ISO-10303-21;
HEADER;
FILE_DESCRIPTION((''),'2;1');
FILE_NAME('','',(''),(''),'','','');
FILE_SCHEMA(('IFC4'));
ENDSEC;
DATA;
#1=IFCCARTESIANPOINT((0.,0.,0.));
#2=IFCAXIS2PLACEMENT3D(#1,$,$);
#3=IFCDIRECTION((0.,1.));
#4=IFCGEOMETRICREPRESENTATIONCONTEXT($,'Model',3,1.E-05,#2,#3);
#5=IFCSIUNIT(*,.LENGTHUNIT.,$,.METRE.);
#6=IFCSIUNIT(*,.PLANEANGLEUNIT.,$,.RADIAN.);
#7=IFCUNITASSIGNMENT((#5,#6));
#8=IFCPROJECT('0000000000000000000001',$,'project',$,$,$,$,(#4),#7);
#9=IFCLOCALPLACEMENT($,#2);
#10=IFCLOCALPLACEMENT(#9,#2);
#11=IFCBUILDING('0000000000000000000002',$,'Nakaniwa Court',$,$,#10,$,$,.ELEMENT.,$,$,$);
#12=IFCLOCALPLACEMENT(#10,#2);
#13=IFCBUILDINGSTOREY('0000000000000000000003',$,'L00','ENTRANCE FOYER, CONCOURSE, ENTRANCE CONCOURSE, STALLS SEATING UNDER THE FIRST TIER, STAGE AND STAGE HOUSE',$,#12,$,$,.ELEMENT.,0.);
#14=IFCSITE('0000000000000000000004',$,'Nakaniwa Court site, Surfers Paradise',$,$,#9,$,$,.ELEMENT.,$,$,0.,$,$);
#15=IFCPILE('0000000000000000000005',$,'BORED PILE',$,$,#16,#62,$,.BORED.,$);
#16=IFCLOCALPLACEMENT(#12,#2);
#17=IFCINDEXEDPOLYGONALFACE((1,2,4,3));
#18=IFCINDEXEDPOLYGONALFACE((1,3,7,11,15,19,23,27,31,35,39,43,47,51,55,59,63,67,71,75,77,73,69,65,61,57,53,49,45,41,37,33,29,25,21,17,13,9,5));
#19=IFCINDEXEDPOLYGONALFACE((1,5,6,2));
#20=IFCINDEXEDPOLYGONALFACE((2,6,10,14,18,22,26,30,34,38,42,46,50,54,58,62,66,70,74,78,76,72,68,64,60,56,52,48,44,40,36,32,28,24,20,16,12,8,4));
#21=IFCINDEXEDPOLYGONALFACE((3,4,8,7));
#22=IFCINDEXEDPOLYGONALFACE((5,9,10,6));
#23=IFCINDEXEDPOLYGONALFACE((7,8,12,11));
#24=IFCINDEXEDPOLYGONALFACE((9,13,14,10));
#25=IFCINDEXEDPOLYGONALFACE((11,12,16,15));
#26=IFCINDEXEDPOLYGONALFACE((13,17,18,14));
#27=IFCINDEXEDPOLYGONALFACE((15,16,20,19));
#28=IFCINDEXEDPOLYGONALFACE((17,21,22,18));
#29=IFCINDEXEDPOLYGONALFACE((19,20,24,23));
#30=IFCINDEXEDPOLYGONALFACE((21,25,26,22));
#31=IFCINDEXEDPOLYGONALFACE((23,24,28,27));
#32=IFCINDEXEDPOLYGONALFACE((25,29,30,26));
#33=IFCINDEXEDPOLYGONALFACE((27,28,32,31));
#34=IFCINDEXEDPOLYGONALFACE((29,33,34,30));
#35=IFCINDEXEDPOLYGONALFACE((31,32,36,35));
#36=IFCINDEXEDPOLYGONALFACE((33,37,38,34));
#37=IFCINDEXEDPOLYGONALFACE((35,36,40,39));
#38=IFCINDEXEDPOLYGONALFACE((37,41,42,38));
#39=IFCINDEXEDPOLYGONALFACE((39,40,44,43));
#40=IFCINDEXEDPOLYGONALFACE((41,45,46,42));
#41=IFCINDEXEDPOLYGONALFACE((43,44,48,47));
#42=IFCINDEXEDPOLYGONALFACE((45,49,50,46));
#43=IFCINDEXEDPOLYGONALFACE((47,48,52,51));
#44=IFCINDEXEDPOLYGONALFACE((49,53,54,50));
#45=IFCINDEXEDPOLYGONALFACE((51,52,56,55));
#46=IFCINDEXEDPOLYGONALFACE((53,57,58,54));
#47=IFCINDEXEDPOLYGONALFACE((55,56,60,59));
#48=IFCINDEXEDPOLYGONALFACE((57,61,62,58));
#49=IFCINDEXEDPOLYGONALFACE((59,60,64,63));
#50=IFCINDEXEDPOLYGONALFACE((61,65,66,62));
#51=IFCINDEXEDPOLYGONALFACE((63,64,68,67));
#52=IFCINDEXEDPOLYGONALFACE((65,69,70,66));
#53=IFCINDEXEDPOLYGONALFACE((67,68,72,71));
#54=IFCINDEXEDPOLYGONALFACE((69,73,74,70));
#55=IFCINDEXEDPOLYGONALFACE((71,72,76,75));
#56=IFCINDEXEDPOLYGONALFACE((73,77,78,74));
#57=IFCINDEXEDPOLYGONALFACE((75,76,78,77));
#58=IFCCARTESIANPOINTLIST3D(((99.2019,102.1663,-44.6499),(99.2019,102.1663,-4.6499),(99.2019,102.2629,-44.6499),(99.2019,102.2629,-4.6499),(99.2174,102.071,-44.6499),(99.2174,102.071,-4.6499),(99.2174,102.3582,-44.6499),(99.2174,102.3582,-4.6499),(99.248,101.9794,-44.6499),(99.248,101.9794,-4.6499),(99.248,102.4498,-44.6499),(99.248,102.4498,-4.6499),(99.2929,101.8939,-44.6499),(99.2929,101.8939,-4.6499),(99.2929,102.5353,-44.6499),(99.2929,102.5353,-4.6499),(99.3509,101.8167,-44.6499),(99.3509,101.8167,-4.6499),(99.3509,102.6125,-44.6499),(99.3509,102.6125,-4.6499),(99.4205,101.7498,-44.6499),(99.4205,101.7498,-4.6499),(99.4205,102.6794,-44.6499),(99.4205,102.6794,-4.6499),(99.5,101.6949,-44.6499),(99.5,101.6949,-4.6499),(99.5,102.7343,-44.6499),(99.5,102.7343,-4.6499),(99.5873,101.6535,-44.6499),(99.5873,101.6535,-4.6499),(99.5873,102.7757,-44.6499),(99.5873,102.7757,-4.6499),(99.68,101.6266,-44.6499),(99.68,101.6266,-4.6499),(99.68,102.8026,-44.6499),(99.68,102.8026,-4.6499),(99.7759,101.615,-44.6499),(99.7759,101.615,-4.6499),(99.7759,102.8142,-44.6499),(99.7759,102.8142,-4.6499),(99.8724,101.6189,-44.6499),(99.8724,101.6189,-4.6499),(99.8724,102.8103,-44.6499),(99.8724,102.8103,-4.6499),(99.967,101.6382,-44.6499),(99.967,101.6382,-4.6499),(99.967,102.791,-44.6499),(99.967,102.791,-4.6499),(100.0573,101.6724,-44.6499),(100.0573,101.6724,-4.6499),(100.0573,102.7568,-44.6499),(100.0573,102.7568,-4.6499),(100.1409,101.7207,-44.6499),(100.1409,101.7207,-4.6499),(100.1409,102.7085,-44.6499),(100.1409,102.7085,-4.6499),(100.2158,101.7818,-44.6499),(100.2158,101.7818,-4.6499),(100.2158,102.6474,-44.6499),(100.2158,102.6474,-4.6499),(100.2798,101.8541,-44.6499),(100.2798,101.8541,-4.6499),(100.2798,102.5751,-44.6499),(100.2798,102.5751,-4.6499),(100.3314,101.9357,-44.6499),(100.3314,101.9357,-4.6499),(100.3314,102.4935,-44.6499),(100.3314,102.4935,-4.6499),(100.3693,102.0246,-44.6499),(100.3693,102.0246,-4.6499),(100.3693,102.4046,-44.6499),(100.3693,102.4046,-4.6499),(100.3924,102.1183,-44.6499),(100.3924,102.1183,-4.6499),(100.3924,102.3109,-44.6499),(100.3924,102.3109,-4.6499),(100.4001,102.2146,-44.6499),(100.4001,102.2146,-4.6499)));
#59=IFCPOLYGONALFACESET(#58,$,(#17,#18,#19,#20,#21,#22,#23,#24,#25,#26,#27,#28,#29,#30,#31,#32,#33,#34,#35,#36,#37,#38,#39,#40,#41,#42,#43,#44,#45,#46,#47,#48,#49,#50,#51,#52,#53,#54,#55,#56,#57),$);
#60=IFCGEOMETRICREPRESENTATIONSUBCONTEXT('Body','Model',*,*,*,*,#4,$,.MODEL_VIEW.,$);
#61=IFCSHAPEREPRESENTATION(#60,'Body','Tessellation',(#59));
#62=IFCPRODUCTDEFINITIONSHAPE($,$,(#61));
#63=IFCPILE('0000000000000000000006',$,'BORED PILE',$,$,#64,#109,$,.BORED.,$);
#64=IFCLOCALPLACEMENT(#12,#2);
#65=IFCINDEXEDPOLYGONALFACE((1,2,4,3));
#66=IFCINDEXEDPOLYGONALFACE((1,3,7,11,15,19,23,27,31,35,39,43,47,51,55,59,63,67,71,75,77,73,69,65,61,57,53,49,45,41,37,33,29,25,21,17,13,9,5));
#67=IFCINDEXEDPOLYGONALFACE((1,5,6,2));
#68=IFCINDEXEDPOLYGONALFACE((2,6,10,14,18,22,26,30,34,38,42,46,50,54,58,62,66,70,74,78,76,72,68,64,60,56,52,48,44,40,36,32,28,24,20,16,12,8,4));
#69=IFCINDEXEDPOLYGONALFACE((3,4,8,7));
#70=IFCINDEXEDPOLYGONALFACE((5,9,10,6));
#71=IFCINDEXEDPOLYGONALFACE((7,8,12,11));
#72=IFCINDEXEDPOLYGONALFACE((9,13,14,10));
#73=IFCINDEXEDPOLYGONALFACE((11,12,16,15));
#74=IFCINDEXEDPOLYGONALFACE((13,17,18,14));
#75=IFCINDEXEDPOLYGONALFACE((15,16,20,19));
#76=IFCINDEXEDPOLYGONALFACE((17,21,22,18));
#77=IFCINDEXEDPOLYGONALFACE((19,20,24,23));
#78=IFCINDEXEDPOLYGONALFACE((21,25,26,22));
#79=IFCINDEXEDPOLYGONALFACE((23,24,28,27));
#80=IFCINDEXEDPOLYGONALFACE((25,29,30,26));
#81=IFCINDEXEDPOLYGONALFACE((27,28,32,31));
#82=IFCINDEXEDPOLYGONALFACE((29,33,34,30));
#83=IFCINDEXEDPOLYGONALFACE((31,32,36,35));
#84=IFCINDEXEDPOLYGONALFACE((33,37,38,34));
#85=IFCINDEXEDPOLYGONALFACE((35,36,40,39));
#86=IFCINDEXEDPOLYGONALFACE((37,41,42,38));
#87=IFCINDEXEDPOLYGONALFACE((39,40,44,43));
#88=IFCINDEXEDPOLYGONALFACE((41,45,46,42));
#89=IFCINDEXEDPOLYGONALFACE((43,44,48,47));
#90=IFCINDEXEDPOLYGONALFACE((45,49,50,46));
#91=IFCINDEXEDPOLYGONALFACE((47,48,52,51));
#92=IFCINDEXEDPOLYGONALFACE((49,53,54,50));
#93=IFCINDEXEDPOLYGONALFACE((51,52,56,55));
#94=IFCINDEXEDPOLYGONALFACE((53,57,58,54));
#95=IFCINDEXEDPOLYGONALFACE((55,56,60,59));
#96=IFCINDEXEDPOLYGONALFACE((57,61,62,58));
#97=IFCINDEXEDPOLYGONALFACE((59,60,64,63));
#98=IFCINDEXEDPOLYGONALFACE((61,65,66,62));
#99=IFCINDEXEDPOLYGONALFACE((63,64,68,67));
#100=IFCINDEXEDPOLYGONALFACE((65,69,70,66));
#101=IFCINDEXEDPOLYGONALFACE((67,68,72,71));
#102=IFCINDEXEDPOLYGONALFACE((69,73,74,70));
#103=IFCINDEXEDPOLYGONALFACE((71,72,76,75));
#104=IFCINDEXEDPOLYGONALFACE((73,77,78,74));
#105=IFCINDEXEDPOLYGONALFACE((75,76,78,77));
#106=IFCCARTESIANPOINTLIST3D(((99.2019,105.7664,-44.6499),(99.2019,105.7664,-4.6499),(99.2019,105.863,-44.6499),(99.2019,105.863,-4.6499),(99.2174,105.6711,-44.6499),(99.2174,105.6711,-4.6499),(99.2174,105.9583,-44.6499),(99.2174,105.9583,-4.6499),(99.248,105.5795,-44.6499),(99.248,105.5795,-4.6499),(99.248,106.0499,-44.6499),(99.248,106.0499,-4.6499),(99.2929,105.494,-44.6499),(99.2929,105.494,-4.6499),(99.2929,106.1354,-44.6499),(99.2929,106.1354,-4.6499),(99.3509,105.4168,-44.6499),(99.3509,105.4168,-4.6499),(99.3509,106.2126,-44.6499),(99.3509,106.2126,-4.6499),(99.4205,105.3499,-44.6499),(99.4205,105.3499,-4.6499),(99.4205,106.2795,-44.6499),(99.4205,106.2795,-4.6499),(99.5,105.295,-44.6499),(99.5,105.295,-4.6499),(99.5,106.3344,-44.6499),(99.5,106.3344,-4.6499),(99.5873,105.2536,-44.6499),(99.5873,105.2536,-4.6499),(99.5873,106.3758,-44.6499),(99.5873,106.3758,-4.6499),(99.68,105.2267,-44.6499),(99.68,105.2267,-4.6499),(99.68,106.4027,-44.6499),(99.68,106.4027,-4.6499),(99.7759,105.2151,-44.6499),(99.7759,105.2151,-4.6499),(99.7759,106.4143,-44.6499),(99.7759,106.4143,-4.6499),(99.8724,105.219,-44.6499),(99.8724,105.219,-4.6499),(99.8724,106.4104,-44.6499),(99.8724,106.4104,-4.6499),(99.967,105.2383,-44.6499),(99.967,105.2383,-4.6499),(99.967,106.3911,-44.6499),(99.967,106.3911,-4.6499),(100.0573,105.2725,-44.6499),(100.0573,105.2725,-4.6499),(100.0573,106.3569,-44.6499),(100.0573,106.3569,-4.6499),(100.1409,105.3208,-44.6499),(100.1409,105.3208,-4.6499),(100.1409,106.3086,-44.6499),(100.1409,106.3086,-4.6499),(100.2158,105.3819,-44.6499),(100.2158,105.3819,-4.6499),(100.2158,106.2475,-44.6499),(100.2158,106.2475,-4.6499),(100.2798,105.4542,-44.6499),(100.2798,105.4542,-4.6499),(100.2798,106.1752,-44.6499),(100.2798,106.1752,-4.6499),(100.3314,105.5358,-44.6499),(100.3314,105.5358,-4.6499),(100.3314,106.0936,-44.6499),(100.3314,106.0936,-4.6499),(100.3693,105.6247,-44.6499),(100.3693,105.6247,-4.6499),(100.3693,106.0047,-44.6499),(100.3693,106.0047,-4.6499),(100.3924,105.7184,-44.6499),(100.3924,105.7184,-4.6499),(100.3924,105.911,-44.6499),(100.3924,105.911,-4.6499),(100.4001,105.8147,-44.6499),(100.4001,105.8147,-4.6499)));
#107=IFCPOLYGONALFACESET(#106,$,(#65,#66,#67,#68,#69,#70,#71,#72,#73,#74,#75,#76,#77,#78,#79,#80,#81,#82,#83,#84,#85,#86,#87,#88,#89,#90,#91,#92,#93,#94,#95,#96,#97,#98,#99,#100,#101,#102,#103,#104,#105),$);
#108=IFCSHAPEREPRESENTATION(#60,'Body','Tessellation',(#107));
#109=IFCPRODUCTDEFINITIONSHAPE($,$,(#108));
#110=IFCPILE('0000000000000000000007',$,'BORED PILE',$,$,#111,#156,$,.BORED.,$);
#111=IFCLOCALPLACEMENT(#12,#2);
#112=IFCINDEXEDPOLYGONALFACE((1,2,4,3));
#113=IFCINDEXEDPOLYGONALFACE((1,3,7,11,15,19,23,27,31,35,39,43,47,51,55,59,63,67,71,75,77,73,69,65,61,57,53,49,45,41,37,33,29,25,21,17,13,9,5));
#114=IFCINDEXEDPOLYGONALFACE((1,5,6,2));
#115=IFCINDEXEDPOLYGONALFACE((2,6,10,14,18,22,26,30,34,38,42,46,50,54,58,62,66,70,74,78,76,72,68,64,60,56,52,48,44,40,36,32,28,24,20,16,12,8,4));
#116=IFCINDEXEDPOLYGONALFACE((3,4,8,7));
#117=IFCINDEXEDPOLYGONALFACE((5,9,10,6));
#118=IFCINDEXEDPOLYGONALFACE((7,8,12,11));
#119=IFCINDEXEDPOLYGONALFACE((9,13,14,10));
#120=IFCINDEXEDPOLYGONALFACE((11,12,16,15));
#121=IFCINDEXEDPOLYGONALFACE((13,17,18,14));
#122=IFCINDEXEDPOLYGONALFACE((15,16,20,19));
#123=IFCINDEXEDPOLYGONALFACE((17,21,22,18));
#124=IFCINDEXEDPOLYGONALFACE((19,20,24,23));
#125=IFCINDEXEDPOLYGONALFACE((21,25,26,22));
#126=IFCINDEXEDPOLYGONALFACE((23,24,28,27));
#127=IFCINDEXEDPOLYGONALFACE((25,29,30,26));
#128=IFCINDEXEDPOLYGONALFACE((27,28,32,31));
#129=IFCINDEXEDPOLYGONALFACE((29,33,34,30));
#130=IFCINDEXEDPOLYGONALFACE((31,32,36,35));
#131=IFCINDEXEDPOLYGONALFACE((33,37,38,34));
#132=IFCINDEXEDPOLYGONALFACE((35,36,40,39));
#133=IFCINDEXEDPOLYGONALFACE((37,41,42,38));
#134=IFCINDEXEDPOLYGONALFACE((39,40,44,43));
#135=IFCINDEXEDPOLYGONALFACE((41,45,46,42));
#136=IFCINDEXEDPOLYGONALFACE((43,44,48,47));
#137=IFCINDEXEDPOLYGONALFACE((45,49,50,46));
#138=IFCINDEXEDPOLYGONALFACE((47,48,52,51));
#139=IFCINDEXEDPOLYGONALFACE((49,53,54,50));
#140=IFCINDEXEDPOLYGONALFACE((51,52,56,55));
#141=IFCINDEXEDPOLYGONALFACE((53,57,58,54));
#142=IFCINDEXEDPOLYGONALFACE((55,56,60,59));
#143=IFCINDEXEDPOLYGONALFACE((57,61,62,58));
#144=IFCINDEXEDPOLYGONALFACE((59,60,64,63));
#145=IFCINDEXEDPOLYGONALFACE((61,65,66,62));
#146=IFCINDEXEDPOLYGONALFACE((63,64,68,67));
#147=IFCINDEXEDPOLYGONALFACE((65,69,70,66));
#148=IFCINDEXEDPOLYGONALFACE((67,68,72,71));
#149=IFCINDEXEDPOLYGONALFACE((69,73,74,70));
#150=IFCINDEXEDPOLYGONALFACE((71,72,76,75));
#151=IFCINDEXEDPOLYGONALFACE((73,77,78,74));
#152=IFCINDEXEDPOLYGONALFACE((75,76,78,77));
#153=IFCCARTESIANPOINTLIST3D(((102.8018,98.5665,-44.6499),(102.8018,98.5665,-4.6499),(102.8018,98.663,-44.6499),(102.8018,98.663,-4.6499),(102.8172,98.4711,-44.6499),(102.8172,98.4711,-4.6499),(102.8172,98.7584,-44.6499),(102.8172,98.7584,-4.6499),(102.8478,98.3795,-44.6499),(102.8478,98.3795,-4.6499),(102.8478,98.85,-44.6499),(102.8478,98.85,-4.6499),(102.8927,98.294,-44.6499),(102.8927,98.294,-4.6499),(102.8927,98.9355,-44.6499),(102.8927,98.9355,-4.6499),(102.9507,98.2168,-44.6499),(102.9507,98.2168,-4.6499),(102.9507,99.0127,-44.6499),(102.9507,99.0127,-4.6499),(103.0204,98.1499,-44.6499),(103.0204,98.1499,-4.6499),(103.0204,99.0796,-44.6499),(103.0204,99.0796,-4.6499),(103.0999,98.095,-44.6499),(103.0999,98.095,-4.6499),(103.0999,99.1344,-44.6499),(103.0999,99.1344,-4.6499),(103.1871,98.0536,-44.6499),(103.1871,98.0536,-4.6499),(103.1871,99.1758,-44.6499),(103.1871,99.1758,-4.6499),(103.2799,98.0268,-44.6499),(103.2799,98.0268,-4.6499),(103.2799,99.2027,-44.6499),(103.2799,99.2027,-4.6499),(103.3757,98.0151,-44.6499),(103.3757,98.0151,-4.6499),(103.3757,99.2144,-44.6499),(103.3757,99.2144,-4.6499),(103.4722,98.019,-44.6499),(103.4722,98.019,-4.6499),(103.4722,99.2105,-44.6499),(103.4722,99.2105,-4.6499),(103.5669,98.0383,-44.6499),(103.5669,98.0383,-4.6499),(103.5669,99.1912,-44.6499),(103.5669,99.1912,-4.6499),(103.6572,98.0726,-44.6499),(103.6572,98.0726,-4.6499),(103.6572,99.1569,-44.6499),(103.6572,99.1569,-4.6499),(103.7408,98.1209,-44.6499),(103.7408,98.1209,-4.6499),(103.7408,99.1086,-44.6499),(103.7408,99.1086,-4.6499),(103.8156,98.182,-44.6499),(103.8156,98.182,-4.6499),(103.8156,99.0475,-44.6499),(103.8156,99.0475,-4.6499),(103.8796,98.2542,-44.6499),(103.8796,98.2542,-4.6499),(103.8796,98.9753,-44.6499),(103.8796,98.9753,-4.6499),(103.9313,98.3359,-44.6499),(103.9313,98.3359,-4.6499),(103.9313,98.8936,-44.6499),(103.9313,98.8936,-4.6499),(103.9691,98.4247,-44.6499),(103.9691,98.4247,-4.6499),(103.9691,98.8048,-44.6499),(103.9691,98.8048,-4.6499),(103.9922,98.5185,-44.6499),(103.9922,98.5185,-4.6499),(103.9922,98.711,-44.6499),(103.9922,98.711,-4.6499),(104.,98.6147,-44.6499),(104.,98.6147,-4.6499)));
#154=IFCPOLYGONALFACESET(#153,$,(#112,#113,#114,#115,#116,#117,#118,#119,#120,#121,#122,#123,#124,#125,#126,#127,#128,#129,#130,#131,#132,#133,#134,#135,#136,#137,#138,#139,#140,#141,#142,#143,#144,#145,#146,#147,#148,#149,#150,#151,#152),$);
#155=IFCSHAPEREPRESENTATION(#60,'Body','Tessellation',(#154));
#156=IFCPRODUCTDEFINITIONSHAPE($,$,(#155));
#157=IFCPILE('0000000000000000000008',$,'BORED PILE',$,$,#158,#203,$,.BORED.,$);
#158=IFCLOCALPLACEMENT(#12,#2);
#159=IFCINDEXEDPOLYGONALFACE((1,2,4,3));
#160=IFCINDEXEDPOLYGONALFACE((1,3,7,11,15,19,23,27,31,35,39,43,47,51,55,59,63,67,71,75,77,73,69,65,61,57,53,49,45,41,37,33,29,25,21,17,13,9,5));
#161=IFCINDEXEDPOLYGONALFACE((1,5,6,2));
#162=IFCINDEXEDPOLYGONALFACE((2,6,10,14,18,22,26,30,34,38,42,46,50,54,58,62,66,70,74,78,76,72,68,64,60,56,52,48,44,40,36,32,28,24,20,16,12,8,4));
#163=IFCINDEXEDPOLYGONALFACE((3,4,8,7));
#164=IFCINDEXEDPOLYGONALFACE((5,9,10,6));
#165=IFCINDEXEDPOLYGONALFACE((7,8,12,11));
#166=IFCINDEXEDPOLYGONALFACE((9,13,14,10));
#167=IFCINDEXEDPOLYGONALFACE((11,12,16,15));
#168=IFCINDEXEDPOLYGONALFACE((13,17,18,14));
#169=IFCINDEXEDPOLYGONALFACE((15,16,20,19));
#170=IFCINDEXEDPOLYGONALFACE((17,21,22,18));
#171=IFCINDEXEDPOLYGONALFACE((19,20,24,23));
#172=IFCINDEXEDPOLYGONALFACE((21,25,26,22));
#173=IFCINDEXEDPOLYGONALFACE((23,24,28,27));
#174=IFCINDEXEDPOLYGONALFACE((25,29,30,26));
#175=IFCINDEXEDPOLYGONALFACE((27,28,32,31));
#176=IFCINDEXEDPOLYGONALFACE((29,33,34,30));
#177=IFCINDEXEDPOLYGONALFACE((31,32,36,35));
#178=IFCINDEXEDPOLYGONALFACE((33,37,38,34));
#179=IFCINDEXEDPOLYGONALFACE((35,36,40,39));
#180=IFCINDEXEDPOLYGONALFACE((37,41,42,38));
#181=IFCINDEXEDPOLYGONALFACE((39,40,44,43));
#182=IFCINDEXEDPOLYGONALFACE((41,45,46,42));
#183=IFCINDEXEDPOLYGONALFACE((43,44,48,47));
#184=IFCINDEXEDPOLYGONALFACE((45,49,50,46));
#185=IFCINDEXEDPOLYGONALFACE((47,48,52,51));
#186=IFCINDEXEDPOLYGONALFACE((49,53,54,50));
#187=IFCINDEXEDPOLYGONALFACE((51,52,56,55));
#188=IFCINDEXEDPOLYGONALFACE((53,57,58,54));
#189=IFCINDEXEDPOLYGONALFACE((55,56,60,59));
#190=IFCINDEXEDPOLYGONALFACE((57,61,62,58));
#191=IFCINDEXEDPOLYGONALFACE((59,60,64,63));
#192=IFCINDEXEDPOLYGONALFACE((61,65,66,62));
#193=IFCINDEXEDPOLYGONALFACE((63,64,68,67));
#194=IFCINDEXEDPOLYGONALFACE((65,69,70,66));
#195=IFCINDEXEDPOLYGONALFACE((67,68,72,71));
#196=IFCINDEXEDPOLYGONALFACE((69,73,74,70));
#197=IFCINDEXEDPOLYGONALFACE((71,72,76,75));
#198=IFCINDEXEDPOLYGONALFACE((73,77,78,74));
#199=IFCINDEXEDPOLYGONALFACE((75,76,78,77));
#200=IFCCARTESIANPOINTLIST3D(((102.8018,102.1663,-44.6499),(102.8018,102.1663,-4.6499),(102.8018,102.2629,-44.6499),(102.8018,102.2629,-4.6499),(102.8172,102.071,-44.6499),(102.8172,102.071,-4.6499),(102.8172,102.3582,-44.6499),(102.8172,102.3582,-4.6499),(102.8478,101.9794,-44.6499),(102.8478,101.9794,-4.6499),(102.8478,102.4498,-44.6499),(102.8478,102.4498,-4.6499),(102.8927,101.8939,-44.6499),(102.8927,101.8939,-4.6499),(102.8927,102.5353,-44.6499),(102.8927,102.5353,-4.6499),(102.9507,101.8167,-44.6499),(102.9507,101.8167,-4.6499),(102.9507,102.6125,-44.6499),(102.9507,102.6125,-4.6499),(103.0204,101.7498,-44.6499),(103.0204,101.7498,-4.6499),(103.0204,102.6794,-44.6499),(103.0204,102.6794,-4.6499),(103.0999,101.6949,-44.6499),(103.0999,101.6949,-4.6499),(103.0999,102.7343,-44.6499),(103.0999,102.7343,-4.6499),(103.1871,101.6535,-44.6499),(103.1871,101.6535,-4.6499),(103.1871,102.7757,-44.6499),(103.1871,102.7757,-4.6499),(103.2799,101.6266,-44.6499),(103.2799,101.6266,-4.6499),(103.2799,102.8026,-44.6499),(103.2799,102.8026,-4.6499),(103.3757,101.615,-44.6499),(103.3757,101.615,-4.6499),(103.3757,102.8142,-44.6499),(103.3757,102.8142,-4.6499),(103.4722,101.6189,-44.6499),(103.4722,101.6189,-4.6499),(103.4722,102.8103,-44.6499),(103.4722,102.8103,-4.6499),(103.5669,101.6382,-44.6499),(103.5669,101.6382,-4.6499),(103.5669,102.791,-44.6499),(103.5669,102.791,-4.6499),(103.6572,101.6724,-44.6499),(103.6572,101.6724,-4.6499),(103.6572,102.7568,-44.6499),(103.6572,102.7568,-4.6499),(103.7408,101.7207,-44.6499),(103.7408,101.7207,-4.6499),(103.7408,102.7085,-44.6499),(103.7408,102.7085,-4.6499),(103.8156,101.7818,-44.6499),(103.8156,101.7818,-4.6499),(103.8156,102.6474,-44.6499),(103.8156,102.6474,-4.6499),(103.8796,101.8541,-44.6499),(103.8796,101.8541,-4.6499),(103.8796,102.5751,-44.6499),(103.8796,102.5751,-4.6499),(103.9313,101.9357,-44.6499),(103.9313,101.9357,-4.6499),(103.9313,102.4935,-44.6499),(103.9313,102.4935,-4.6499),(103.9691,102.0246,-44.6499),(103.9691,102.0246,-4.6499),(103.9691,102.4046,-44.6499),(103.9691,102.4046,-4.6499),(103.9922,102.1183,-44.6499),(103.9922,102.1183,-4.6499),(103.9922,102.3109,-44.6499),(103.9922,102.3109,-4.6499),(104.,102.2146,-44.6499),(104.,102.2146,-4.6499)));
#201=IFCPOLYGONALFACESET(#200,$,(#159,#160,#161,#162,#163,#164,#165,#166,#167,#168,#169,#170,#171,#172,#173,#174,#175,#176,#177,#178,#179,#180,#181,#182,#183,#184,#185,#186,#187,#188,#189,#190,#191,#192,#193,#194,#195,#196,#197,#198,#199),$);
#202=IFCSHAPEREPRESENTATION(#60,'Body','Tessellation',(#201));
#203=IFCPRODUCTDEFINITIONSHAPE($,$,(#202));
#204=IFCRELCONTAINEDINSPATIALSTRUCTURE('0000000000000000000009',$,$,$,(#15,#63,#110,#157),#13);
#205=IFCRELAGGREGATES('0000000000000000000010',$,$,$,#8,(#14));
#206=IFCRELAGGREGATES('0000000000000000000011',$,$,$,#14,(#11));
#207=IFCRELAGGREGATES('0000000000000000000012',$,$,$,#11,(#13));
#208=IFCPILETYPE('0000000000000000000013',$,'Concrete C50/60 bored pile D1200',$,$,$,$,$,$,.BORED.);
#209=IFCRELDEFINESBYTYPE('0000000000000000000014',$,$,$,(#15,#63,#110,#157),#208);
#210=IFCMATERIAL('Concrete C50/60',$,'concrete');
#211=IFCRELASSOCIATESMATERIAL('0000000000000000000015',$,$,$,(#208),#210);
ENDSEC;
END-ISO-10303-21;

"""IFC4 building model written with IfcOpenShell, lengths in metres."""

from ifc_helpers import new_model, si_unit, direction, frame, origin, origin_2d, place, context, subcontext, project, spatial, circle, extrude, material, material_profile, profile_set, type_object, element, save


model = new_model("IFC4")

# Units and contexts
model_context = context("Model", 3, precision=1e-05, world=origin(), true_north=direction((0.0, 1.0)))
body_context = subcontext(model_context, "Body", "Model", "MODEL_VIEW")
ifc_project = project(units=[si_unit("LENGTHUNIT", "METRE"), si_unit("PLANEANGLEUNIT", "RADIAN")], contexts=[model_context])

# Site, building, storey
site_placement = place(None, origin())
site = spatial("IfcSite", under=ifc_project, at=site_placement, Name="Nakaniwa Court site, Surfers Paradise", CompositionType="ELEMENT", RefElevation=0.0)
building_placement = place(site_placement, origin())
building = spatial("IfcBuilding", under=site, at=building_placement, Name="Nakaniwa Court", CompositionType="ELEMENT")
storey_placement = place(building_placement, origin())
storey = spatial("IfcBuildingStorey", under=building, at=storey_placement, Name="L00", Description="ENTRANCE FOYER, CONCOURSE, ENTRANCE CONCOURSE, STALLS SEATING UNDER THE FIRST TIER, STAGE AND STAGE HOUSE", CompositionType="ELEMENT", Elevation=0.0)

# Piles
ifc_material_1 = material(Name="Concrete C50/60", Category="concrete")
ifc_material_profile_1 = material_profile(ifc_material_1, circle(Radius=0.6001, at=origin_2d()), Name="Concrete C50/60 bored pile D1200")
ifc_profile_set_1 = profile_set([ifc_material_profile_1], Name="Concrete C50/60")
pile_type = type_object("IfcPileType", Name="Concrete C50/60 bored pile D1200", PredefinedType="BORED", material=ifc_profile_set_1)
for number, where, z_axis, x_axis, name in (
    (1, (99.8, 102.2146, -4.6499), (0.0, 0.0, -1.0), (1.0, 0.0, 0.0), "BORED PILE"),
    (2, (99.8, 105.8147, -4.6499), (0.0, 0.0, -1.0), (1.0, 0.0, 0.0), "BORED PILE"),
    (3, (103.3999, 98.6147, -4.6499), (0.0, 0.0, -1.0), (1.0, 0.0, 0.0), "BORED PILE"),
    (4, (103.3999, 102.2146, -4.6499), (0.0, 0.0, -1.0), (1.0, 0.0, 0.0), "BORED PILE"),
):
    element("IfcPile", number, at=place(storey_placement, frame(where, z_axis=z_axis, x_axis=x_axis)), inside=storey, type_object=pile_type, Name=name, PredefinedType="BORED", context=body_context, shape_type="SweptSolid", body=[
        extrude(circle(Radius=0.6001, at=origin_2d()), origin(), (0.0, 0.0, 1.0), 40.0),
    ])

save(model, "model.ifc")
